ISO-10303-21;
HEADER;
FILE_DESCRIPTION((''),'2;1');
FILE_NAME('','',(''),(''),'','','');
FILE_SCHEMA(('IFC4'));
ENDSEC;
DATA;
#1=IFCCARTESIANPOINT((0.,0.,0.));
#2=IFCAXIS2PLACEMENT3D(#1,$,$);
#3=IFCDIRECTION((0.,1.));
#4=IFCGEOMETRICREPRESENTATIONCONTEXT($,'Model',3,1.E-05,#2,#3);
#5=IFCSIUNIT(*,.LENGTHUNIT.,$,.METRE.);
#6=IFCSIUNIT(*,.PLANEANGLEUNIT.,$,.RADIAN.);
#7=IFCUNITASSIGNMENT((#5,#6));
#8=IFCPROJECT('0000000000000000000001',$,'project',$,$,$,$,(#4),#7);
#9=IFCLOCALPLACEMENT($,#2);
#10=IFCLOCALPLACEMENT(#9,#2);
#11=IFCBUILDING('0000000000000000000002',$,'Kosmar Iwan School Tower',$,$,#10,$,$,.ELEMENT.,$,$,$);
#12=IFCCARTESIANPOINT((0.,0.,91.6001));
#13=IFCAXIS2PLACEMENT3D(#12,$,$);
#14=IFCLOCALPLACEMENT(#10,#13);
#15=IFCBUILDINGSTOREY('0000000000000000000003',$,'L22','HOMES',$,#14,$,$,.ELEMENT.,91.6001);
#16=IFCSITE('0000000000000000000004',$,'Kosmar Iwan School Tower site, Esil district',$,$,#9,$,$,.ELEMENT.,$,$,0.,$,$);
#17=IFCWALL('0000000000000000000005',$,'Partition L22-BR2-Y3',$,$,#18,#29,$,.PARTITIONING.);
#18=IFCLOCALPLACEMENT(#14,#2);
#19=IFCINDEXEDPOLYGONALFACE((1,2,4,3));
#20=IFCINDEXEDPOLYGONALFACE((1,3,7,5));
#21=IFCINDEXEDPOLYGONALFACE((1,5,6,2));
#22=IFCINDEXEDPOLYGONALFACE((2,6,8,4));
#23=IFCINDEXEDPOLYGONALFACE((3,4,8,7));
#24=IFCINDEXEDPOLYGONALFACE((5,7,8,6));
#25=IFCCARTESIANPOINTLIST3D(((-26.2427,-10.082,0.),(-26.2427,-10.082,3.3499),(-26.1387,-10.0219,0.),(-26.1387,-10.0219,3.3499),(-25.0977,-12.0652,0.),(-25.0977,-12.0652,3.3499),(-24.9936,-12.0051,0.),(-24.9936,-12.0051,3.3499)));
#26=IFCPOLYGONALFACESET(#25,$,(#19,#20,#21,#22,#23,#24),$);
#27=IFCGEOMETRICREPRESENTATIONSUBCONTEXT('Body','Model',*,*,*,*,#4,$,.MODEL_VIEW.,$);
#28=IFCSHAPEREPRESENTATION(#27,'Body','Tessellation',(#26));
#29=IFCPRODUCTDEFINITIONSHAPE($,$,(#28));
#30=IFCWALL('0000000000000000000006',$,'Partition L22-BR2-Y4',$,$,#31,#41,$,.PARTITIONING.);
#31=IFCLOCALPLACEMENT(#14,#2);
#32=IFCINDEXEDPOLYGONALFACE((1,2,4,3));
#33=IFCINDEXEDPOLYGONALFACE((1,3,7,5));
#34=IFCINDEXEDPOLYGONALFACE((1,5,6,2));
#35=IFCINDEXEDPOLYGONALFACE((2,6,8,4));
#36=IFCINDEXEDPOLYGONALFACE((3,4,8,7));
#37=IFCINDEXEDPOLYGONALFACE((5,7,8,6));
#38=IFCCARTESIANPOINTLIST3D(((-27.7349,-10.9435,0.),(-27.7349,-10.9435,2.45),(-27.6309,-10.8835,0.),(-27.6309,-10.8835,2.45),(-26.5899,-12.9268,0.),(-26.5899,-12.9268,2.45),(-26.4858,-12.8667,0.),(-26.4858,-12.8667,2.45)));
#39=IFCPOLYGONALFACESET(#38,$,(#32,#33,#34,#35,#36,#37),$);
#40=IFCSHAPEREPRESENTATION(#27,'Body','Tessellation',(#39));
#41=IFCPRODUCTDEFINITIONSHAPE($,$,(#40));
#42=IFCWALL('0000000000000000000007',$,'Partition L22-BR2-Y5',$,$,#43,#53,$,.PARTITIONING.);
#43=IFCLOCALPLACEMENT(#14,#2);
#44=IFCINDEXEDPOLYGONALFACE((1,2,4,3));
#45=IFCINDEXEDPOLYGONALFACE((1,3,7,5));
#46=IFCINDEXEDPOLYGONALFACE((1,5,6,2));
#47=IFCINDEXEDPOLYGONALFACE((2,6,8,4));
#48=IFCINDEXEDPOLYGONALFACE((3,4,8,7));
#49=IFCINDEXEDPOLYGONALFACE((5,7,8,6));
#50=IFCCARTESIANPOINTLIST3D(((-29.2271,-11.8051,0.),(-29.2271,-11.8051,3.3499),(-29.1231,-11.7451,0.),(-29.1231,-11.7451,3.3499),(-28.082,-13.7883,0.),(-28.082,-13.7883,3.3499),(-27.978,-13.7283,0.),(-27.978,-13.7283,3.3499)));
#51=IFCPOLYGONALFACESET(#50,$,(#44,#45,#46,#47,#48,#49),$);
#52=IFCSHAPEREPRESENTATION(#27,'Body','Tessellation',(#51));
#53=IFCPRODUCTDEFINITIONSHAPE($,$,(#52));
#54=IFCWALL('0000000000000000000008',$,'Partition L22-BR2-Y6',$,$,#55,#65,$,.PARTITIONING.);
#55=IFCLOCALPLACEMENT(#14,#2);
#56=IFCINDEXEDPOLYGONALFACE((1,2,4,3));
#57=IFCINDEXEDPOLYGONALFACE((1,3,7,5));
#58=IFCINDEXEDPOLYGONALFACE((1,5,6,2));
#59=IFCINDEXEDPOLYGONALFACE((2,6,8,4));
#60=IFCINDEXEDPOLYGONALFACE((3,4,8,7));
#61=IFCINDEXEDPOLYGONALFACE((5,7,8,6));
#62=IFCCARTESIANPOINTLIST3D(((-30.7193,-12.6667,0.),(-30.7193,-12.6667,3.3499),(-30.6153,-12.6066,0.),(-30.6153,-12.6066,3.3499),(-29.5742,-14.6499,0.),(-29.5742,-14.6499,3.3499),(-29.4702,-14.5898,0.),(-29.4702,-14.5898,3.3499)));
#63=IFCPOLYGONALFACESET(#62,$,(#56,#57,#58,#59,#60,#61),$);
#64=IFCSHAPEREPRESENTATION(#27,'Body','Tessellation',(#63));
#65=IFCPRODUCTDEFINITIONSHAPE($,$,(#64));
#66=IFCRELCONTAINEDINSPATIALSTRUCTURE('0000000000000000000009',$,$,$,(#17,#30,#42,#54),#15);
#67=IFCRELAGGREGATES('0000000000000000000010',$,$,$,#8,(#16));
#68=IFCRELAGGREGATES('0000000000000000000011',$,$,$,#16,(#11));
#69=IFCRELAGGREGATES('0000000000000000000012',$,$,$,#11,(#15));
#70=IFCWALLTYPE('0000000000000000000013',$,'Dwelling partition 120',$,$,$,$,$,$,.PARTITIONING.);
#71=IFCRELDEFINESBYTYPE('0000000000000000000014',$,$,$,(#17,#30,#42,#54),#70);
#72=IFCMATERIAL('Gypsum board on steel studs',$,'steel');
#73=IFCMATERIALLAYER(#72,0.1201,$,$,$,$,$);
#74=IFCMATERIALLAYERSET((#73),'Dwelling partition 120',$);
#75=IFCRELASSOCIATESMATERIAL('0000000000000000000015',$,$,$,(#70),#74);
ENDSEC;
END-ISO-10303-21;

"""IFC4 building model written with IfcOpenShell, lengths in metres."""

from ifc_helpers import new_model, si_unit, direction, frame, frame_2d, origin, place, context, subcontext, project, spatial, rectangle, extrude, material, layer, layer_set, type_object, element, save


model = new_model("IFC4")

# Units and contexts
model_context = context("Model", 3, precision=1e-05, world=origin(), true_north=direction((0.0, 1.0)))
body_context = subcontext(model_context, "Body", "Model", "MODEL_VIEW")
ifc_project = project(units=[si_unit("LENGTHUNIT", "METRE"), si_unit("PLANEANGLEUNIT", "RADIAN")], contexts=[model_context])

# Site, building, storey
site_placement = place(None, origin())
site = spatial("IfcSite", under=ifc_project, at=site_placement, Name="Kosmar Iwan School Tower site, Esil district", CompositionType="ELEMENT", RefElevation=0.0)
building_placement = place(site_placement, origin())
building = spatial("IfcBuilding", under=site, at=building_placement, Name="Kosmar Iwan School Tower", CompositionType="ELEMENT")
storey_placement = place(building_placement, frame((0.0, 0.0, 91.6001)))
storey = spatial("IfcBuildingStorey", under=building, at=storey_placement, Name="L22", Description="HOMES", CompositionType="ELEMENT", Elevation=91.6001)

# Walls
ifc_material_1 = material(Name="Gypsum board on steel studs", Category="steel")
ifc_layer_1 = layer(ifc_material_1, 0.1201)
ifc_layer_set_1 = layer_set([ifc_layer_1], Name="Dwelling partition 120")
wall_type_1 = type_object("IfcWallType", Name="Dwelling partition 120", PredefinedType="PARTITIONING", material=ifc_layer_set_1)
for number, where, z_axis, x_axis, name in (
    (1, (-25.0457, -12.0352, 0.0), (0.0, 0.0, 1.0), (-0.500015, 0.866017, 0.0), "Partition L22-BR2-Y3"),
):
    element("IfcWall", number, at=place(storey_placement, frame(where, z_axis=z_axis, x_axis=x_axis)), inside=storey, type_object=wall_type_1, Name=name, PredefinedType="PARTITIONING", context=body_context, shape_type="SweptSolid", body=[
        extrude(rectangle(XDim=2.29, YDim=0.1201, at=frame_2d((1.145, 0.0))), origin(), (0.0, 0.0, 1.0), 3.3499),
    ])
wall_1_placement = place(storey_placement, frame((-26.5378, -12.8967, 0.0), z_axis=(0.0, 0.0, 1.0), x_axis=(-0.500015, 0.866017, 0.0)))
element("IfcWall", 2, at=wall_1_placement, inside=storey, type_object=wall_type_1, Name="Partition L22-BR2-Y4", PredefinedType="PARTITIONING", context=body_context, shape_type="SweptSolid", body=[
    extrude(rectangle(XDim=2.29, YDim=0.1201, at=frame_2d((1.145, 0.0))), origin(), (0.0, 0.0, 1.0), 2.45),
])
for number, where, z_axis, x_axis, name in (
    (3, (-28.03, -13.7583, 0.0), (0.0, 0.0, 1.0), (-0.500015, 0.866017, 0.0), "Partition L22-BR2-Y5"),
    (4, (-29.5222, -14.6199, 0.0), (0.0, 0.0, 1.0), (-0.500015, 0.866017, 0.0), "Partition L22-BR2-Y6"),
):
    element("IfcWall", number, at=place(storey_placement, frame(where, z_axis=z_axis, x_axis=x_axis)), inside=storey, type_object=wall_type_1, Name=name, PredefinedType="PARTITIONING", context=body_context, shape_type="SweptSolid", body=[
        extrude(rectangle(XDim=2.29, YDim=0.1201, at=frame_2d((1.145, 0.0))), origin(), (0.0, 0.0, 1.0), 3.3499),
    ])

save(model, "model.ifc")
